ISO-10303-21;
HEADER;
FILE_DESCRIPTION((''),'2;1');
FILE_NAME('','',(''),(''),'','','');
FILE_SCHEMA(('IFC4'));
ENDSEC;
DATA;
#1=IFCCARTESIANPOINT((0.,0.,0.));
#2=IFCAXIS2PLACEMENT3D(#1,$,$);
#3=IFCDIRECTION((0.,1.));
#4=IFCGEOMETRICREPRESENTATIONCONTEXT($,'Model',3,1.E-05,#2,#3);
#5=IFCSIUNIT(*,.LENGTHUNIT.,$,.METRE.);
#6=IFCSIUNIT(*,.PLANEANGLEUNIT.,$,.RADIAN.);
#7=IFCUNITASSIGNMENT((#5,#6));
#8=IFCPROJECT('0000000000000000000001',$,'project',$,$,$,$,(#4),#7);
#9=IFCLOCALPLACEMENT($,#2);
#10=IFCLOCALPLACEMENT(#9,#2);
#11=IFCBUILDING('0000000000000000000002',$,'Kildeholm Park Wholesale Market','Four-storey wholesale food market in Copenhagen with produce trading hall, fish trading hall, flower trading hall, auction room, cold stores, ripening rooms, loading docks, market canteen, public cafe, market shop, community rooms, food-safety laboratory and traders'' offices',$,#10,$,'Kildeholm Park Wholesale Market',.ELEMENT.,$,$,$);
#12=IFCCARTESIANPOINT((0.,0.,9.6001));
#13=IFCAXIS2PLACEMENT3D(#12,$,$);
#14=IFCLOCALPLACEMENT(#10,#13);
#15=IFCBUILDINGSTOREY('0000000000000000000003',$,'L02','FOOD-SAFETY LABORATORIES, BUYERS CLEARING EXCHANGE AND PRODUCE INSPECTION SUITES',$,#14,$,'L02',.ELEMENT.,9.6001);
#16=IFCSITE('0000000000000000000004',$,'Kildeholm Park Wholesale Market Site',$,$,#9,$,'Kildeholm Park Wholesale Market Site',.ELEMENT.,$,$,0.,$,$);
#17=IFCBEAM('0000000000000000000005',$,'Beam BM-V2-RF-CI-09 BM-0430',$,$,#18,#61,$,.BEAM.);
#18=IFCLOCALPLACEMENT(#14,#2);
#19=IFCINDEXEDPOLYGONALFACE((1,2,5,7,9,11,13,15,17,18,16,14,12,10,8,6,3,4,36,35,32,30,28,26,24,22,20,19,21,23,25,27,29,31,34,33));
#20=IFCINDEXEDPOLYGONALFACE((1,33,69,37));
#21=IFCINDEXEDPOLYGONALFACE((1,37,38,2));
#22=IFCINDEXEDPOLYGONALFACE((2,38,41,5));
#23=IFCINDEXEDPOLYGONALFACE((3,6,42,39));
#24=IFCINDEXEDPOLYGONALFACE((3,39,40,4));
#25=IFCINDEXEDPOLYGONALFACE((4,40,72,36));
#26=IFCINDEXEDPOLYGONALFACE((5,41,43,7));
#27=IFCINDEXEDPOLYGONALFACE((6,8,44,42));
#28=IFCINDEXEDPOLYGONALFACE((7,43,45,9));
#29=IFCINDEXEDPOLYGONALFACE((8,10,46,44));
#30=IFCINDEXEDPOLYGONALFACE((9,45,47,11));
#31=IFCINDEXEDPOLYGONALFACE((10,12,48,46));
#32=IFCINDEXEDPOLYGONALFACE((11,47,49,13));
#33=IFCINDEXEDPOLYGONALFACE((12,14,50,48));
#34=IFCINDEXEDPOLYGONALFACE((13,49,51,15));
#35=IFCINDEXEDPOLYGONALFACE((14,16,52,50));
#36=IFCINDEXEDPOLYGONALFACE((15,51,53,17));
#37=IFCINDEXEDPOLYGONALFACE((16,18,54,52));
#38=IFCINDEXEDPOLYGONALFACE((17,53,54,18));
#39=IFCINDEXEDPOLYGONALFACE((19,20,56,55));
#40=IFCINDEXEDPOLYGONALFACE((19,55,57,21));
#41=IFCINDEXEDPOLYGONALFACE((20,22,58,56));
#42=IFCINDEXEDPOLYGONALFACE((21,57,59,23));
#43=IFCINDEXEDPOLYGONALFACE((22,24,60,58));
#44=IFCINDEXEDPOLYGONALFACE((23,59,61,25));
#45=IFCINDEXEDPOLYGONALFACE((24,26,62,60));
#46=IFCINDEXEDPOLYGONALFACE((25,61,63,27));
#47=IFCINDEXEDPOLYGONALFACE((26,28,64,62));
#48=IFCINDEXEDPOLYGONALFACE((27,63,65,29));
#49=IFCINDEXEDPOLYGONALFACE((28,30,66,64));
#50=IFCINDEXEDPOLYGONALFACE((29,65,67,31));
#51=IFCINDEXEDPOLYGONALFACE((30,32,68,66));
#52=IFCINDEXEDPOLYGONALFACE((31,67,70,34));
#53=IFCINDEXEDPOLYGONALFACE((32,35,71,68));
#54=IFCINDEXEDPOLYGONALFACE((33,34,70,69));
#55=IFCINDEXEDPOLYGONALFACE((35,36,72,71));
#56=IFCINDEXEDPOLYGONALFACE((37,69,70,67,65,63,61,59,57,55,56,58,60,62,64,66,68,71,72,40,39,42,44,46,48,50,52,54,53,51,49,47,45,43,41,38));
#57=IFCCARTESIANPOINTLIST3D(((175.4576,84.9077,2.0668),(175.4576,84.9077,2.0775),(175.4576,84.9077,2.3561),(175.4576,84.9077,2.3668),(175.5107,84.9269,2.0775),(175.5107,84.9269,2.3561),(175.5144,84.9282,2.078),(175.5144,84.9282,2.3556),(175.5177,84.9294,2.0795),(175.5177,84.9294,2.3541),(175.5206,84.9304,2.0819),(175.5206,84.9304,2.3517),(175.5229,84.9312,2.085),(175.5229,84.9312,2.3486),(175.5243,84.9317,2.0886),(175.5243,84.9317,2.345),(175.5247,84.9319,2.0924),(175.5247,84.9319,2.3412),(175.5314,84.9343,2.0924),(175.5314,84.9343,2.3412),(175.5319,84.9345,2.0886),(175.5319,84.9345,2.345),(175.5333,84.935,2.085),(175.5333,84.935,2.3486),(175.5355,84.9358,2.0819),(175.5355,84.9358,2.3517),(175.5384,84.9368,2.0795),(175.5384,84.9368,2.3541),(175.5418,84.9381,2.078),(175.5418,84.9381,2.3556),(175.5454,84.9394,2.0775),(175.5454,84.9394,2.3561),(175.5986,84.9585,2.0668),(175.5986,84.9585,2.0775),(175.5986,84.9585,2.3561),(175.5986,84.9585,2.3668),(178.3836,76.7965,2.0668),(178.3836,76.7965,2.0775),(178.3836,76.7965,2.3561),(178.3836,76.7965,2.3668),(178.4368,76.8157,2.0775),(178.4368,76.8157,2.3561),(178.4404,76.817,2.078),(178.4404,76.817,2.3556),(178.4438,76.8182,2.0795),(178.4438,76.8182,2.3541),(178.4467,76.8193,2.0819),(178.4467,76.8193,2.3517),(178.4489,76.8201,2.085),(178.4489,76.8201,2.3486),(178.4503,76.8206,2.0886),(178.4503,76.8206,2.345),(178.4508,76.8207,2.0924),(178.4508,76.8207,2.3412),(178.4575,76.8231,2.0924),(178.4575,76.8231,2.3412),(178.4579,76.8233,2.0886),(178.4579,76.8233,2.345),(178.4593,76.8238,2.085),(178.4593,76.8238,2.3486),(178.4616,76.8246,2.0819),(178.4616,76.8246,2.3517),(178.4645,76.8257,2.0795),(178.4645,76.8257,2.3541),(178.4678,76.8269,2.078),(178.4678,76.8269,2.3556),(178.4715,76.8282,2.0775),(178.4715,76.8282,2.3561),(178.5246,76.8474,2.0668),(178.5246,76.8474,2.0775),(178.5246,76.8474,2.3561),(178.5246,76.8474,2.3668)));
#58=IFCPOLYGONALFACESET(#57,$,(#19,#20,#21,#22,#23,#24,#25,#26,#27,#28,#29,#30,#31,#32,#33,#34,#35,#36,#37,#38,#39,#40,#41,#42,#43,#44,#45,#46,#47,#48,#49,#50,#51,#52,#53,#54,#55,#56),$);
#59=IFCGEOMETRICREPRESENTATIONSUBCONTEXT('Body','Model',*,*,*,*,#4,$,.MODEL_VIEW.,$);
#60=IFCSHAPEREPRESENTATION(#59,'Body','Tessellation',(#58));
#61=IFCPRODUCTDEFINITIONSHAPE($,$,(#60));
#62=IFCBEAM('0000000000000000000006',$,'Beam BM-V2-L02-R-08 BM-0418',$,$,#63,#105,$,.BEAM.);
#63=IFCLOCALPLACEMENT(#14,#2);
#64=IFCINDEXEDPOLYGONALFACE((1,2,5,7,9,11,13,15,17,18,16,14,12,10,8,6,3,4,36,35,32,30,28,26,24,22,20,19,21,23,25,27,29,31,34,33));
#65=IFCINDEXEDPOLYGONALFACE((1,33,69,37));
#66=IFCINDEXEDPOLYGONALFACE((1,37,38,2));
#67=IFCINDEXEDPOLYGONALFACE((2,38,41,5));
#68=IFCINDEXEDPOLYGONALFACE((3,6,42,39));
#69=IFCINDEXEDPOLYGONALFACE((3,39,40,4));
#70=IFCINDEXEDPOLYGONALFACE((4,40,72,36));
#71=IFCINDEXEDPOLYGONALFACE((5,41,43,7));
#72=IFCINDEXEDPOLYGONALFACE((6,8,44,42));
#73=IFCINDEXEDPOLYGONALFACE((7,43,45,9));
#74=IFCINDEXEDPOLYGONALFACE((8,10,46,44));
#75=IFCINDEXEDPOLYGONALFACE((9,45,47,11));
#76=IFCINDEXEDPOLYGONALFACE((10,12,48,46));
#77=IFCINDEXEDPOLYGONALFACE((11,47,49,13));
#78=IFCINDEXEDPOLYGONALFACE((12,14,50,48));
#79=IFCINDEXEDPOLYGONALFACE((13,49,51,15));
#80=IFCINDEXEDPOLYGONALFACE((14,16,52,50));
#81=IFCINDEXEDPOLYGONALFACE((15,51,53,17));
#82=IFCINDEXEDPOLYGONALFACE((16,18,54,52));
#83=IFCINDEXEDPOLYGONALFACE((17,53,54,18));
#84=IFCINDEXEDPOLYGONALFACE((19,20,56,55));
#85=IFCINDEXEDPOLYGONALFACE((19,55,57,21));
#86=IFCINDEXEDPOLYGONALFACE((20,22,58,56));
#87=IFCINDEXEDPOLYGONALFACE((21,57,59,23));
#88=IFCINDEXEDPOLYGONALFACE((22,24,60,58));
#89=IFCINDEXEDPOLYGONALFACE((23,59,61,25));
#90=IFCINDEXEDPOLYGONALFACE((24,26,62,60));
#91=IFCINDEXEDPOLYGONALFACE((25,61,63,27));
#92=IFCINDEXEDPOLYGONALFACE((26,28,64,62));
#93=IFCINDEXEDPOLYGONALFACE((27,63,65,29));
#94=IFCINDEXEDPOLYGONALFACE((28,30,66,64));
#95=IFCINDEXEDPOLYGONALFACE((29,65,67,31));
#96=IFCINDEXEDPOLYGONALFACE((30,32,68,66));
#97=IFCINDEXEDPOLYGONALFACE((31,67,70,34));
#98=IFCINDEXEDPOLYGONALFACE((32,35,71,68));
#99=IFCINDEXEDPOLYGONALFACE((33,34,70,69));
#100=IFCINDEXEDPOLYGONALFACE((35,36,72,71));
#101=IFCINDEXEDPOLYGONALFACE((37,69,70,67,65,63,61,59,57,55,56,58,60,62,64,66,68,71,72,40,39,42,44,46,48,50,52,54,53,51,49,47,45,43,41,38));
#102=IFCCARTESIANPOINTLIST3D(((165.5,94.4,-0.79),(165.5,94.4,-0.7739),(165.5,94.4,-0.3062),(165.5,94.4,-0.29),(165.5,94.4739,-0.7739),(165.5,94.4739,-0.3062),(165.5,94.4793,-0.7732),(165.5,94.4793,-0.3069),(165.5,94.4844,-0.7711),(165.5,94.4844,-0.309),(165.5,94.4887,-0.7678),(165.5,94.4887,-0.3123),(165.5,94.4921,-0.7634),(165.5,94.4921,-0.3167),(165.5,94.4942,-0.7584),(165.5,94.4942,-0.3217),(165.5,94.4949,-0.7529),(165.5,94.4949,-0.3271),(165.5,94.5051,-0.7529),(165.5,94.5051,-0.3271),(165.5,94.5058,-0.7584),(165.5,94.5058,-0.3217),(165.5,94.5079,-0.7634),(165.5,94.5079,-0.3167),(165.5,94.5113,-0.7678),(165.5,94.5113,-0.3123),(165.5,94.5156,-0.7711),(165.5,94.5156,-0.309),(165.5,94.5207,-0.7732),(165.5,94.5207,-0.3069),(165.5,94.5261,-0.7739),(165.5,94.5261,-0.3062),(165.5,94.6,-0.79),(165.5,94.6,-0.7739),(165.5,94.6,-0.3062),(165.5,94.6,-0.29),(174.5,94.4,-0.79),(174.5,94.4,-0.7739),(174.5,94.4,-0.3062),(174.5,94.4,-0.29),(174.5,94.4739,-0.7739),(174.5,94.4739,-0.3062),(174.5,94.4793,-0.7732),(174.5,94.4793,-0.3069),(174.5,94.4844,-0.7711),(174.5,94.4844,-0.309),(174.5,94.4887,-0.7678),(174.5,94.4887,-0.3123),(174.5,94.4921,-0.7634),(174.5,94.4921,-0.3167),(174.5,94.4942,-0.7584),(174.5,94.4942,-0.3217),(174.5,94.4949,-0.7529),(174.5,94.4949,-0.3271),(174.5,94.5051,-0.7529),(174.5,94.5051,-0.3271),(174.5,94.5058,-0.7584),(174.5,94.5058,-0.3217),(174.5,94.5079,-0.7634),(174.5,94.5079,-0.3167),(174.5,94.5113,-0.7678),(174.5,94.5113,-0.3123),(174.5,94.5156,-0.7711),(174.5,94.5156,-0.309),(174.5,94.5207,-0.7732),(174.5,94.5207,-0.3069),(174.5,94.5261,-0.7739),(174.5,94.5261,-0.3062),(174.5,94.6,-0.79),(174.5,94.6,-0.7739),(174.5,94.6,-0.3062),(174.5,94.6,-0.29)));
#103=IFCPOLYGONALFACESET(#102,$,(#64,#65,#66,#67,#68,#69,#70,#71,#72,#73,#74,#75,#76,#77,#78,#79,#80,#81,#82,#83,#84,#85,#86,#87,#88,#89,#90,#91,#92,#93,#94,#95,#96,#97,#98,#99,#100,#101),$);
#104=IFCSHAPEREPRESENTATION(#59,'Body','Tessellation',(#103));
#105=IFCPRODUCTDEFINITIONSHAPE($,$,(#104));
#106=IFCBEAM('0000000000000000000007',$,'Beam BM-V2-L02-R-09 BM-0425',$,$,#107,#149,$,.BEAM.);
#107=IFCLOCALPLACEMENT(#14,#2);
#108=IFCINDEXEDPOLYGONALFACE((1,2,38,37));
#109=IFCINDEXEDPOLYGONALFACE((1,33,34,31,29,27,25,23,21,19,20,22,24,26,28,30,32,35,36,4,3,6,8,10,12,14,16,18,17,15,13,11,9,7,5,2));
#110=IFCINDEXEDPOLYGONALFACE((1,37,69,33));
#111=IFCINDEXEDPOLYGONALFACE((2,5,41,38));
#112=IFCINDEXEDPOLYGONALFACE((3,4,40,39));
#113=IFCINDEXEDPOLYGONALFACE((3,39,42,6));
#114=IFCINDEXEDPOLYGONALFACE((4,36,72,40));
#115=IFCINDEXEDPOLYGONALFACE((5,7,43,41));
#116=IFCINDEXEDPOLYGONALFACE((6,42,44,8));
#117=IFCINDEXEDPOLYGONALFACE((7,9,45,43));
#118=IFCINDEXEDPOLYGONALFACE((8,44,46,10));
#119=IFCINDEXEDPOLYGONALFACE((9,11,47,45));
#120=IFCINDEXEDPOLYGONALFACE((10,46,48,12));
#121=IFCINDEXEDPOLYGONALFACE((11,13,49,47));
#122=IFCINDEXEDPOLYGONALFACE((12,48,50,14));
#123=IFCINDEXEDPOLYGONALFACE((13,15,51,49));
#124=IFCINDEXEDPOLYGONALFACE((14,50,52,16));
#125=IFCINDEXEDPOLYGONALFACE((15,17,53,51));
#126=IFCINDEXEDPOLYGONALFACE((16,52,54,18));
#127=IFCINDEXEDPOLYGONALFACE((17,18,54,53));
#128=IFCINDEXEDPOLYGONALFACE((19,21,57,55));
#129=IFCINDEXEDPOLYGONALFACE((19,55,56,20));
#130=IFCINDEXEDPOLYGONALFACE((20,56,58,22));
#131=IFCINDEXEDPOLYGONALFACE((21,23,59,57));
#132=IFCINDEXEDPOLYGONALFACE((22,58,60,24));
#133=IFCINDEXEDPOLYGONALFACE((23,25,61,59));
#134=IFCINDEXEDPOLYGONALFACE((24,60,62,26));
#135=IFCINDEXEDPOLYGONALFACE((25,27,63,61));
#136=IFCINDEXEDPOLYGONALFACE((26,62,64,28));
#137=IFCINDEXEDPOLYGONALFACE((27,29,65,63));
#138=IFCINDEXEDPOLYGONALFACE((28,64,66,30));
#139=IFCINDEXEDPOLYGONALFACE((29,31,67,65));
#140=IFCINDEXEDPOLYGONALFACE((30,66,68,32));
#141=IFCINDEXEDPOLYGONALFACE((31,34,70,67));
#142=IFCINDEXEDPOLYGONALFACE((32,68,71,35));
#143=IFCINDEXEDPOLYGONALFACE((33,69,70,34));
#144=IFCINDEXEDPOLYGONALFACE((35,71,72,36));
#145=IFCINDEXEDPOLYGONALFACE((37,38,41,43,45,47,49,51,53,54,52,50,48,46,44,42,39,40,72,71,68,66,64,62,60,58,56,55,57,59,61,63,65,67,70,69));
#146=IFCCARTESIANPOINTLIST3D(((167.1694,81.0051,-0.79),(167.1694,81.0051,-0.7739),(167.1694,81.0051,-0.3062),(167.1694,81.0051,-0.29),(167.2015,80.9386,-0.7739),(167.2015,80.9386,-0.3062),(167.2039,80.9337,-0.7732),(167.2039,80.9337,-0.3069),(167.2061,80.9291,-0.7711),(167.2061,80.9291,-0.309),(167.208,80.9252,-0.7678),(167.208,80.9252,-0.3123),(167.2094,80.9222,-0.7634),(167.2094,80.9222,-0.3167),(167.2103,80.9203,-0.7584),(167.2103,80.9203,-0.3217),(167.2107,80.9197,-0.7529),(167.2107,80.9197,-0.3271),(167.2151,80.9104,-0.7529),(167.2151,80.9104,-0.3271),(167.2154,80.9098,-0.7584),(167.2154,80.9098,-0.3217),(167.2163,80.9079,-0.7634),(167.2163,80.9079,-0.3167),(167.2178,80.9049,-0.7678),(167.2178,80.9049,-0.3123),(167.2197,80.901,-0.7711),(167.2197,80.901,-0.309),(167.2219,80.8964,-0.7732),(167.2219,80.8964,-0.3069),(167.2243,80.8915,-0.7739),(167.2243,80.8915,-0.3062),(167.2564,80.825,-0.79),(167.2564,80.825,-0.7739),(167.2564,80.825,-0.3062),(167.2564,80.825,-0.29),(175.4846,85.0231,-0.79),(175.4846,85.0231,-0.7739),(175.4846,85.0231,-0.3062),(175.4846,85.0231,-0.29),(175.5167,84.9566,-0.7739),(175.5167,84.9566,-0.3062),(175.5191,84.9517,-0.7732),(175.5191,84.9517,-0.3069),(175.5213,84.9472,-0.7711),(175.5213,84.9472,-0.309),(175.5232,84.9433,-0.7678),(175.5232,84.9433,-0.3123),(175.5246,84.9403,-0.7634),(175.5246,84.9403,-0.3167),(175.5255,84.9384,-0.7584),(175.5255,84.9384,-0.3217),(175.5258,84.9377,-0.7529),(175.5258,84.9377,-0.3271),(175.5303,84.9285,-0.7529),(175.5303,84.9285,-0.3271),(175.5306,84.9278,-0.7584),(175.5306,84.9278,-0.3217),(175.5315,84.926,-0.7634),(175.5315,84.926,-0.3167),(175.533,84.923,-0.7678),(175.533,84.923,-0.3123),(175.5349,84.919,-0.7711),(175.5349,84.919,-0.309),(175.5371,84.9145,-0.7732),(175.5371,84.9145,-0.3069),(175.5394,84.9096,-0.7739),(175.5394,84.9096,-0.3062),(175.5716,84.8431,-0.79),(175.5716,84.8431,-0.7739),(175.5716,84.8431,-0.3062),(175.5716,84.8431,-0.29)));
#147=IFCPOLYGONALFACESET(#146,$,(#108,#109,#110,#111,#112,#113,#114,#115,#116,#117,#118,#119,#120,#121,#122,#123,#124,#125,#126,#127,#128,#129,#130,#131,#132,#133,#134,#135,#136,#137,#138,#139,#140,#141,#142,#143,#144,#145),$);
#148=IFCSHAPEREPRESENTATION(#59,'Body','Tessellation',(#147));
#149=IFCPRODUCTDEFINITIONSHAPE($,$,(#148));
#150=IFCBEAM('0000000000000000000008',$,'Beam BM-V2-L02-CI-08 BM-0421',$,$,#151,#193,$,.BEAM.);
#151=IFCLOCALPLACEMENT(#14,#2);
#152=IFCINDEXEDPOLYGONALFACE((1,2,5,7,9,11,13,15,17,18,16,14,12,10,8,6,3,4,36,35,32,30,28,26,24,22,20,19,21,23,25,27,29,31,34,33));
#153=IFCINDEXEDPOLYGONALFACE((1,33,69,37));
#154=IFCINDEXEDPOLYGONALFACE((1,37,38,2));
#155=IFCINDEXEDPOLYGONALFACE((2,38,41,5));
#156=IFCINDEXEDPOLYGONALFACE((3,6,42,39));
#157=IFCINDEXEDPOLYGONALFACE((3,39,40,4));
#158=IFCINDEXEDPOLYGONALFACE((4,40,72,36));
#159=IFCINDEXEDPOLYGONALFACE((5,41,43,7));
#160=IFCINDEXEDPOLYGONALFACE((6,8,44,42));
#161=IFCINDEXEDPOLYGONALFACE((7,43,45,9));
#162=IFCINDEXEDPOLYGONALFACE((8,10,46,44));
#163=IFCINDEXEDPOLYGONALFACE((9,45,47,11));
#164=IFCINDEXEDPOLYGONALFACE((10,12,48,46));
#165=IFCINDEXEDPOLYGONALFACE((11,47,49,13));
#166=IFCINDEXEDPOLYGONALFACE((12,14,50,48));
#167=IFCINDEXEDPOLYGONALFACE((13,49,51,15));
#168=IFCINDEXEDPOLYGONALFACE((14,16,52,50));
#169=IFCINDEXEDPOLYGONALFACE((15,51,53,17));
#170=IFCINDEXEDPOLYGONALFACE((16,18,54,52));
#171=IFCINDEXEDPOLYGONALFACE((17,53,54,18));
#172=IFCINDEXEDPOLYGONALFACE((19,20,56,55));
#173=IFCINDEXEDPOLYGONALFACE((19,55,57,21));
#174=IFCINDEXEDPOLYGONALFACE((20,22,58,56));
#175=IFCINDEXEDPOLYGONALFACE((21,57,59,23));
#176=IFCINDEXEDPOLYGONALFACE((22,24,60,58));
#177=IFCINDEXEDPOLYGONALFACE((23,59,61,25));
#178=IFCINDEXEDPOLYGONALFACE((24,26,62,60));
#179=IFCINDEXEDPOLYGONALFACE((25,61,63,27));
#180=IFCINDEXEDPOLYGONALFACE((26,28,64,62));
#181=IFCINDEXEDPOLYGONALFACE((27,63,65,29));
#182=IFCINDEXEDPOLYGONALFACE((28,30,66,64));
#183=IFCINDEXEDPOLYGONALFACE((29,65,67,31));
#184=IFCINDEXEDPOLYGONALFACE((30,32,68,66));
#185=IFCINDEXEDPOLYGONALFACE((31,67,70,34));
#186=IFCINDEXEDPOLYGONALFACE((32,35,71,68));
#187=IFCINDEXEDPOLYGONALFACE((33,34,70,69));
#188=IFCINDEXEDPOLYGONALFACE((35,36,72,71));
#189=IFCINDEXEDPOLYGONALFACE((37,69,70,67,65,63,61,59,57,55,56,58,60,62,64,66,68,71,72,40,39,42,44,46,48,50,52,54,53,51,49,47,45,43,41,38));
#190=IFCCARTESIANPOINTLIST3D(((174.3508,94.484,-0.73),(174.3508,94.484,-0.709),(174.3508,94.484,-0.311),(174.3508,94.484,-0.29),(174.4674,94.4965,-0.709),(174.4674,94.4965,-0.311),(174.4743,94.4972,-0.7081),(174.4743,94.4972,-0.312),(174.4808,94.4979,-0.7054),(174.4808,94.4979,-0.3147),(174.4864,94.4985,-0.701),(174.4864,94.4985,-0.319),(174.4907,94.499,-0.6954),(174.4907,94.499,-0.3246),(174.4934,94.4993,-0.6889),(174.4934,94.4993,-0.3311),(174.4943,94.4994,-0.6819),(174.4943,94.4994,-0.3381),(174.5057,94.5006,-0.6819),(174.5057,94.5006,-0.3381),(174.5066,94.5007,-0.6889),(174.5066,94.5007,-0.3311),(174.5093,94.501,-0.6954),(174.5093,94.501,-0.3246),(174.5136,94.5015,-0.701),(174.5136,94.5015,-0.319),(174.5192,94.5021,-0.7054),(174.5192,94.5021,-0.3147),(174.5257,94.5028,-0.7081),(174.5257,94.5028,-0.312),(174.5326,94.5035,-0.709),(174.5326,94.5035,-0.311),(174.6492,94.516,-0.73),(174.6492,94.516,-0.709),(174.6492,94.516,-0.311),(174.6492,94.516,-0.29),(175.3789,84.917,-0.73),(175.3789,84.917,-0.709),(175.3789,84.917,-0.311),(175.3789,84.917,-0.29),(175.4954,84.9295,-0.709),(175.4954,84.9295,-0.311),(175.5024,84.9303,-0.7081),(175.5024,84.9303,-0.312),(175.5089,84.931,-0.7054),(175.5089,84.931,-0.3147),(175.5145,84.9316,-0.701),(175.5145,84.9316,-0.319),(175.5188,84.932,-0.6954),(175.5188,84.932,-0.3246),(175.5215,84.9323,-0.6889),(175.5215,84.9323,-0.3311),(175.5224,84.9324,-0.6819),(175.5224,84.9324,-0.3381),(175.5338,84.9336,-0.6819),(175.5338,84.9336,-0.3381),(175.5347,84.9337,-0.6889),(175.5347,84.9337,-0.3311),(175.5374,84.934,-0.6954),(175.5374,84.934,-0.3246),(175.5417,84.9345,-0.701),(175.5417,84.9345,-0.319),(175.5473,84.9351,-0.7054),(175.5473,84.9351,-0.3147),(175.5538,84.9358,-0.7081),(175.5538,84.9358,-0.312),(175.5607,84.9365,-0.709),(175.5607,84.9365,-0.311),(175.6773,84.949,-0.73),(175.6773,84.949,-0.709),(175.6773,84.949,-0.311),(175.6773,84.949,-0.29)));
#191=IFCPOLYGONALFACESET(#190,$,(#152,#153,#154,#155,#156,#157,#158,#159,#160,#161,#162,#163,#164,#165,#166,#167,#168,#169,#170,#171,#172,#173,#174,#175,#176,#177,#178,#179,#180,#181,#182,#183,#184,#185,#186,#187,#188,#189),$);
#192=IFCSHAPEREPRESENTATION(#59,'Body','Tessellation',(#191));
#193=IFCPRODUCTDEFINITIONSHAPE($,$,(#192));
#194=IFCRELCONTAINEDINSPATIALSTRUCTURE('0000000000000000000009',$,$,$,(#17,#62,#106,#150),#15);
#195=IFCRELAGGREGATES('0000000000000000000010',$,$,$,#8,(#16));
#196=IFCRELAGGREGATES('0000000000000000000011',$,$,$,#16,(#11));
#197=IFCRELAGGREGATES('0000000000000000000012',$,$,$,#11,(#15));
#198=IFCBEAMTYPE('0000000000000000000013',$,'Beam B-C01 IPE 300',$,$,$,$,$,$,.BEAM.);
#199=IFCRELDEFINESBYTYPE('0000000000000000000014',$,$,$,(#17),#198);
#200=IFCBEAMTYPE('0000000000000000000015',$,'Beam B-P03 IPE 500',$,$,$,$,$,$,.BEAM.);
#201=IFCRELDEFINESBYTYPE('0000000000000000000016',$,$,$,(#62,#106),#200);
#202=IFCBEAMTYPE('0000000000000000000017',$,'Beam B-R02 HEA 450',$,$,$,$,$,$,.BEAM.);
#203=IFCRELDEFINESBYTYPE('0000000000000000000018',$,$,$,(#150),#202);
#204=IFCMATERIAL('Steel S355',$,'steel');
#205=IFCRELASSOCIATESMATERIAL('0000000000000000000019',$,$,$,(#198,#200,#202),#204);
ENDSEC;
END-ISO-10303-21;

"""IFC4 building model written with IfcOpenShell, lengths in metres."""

from ifc_helpers import new_model, si_unit, direction, frame, origin, origin_2d, place, context, subcontext, project, spatial, i_section, extrude, material, material_profile, profile_set, type_object, element, save


model = new_model("IFC4")

# Units and contexts
model_context = context("Model", 3, precision=1e-05, world=origin(), true_north=direction((0.0, 1.0)))
body_context = subcontext(model_context, "Body", "Model", "MODEL_VIEW")
ifc_project = project(units=[si_unit("LENGTHUNIT", "METRE"), si_unit("PLANEANGLEUNIT", "RADIAN")], contexts=[model_context])

# Site, building, storey
site_placement = place(None, origin())
site = spatial("IfcSite", under=ifc_project, at=site_placement, Name="Kildeholm Park Wholesale Market Site", LongName="Kildeholm Park Wholesale Market Site", CompositionType="ELEMENT", RefElevation=0.0)
building_placement = place(site_placement, origin())
building = spatial("IfcBuilding", under=site, at=building_placement, Name="Kildeholm Park Wholesale Market", Description="Four-storey wholesale food market in Copenhagen with produce trading hall, fish trading hall, flower trading hall, auction room, cold stores, ripening rooms, loading docks, market canteen, public cafe, market shop, community rooms, food-safety laboratory and traders' offices", LongName="Kildeholm Park Wholesale Market", CompositionType="ELEMENT")
storey_placement = place(building_placement, frame((0.0, 0.0, 9.6001)))
storey = spatial("IfcBuildingStorey", under=building, at=storey_placement, Name="L02", Description="FOOD-SAFETY LABORATORIES, BUYERS CLEARING EXCHANGE AND PRODUCE INSPECTION SUITES", LongName="L02", CompositionType="ELEMENT", Elevation=9.6001)

# Shared definitions
ifc_material_1 = material(Name="Steel S355", Category="steel")

# Beams
ifc_material_profile_1 = material_profile(ifc_material_1, i_section(OverallWidth=0.1499, OverallDepth=0.3, WebThickness=0.0071, FlangeThickness=0.0107, FilletRadius=0.0149, at=origin_2d()), Name="IPE 300")
ifc_profile_set_1 = profile_set([ifc_material_profile_1], Name="Steel S355")
beam_type_1 = type_object("IfcBeamType", Name="Beam B-C01 IPE 300", PredefinedType="BEAM", material=ifc_profile_set_1)
beam_1_placement = place(storey_placement, frame((175.5281, 84.9331, 2.2168), z_axis=(0.339339, -0.940664, 0.0), x_axis=(0.940664, 0.339339, 0.0)))
element("IfcBeam", 1, at=beam_1_placement, inside=storey, type_object=beam_type_1, Name="Beam BM-V2-RF-CI-09 BM-0430", PredefinedType="BEAM", context=body_context, shape_type="SweptSolid", body=[
    extrude(i_section(OverallWidth=0.1499, OverallDepth=0.3, WebThickness=0.0071, FlangeThickness=0.0107, FilletRadius=0.0149, at=origin_2d()), origin(), (0.0, 0.0, 1.0), 8.6228),
])
ifc_material_profile_2 = material_profile(ifc_material_1, i_section(OverallWidth=0.2, OverallDepth=0.5, WebThickness=0.0103, FlangeThickness=0.0161, FilletRadius=0.021, at=origin_2d()), Name="IPE 500")
ifc_profile_set_2 = profile_set([ifc_material_profile_2], Name="Steel S355")
beam_type_2 = type_object("IfcBeamType", Name="Beam B-P03 IPE 500", PredefinedType="BEAM", material=ifc_profile_set_2)
beam_2_placement = place(storey_placement, frame((174.5, 94.5, -0.54), z_axis=(-1.0, 0.0, 0.0), x_axis=(0.0, -1.0, 0.0)))
element("IfcBeam", 2, at=beam_2_placement, inside=storey, type_object=beam_type_2, Name="Beam BM-V2-L02-R-08 BM-0418", PredefinedType="BEAM", context=body_context, shape_type="SweptSolid", body=[
    extrude(i_section(OverallWidth=0.2, OverallDepth=0.5, WebThickness=0.0103, FlangeThickness=0.0161, FilletRadius=0.021, at=origin_2d()), origin(), (0.0, 0.0, 1.0), 9.0),
])
beam_3_placement = place(storey_placement, frame((175.5281, 84.9331, -0.54), z_axis=(-0.900389, -0.435086, 0.0), x_axis=(0.435086, -0.900389, 0.0)))
element("IfcBeam", 3, at=beam_3_placement, inside=storey, type_object=beam_type_2, Name="Beam BM-V2-L02-R-09 BM-0425", PredefinedType="BEAM", context=body_context, shape_type="SweptSolid", body=[
    extrude(i_section(OverallWidth=0.2, OverallDepth=0.5, WebThickness=0.0103, FlangeThickness=0.0161, FilletRadius=0.021, at=origin_2d()), origin(), (0.0, 0.0, 1.0), 9.2351),
])
ifc_material_profile_3 = material_profile(ifc_material_1, i_section(OverallWidth=0.3, OverallDepth=0.4399, WebThickness=0.0115, FlangeThickness=0.021, FilletRadius=0.0271, at=origin_2d()), Name="HEA 450")
ifc_profile_set_3 = profile_set([ifc_material_profile_3], Name="Steel S355")
beam_type_3 = type_object("IfcBeamType", Name="Beam B-R02 HEA 450", PredefinedType="BEAM", material=ifc_profile_set_3)
beam_4_placement = place(storey_placement, frame((174.5, 94.5, -0.51), z_axis=(0.106847, -0.994276, 0.0), x_axis=(0.994276, 0.106847, 0.0)))
element("IfcBeam", 4, at=beam_4_placement, inside=storey, type_object=beam_type_3, Name="Beam BM-V2-L02-CI-08 BM-0421", PredefinedType="BEAM", context=body_context, shape_type="SweptSolid", body=[
    extrude(i_section(OverallWidth=0.3, OverallDepth=0.4399, WebThickness=0.0115, FlangeThickness=0.021, FilletRadius=0.0271, at=origin_2d()), origin(), (0.0, 0.0, 1.0), 9.6221),
])

save(model, "model.ifc")
